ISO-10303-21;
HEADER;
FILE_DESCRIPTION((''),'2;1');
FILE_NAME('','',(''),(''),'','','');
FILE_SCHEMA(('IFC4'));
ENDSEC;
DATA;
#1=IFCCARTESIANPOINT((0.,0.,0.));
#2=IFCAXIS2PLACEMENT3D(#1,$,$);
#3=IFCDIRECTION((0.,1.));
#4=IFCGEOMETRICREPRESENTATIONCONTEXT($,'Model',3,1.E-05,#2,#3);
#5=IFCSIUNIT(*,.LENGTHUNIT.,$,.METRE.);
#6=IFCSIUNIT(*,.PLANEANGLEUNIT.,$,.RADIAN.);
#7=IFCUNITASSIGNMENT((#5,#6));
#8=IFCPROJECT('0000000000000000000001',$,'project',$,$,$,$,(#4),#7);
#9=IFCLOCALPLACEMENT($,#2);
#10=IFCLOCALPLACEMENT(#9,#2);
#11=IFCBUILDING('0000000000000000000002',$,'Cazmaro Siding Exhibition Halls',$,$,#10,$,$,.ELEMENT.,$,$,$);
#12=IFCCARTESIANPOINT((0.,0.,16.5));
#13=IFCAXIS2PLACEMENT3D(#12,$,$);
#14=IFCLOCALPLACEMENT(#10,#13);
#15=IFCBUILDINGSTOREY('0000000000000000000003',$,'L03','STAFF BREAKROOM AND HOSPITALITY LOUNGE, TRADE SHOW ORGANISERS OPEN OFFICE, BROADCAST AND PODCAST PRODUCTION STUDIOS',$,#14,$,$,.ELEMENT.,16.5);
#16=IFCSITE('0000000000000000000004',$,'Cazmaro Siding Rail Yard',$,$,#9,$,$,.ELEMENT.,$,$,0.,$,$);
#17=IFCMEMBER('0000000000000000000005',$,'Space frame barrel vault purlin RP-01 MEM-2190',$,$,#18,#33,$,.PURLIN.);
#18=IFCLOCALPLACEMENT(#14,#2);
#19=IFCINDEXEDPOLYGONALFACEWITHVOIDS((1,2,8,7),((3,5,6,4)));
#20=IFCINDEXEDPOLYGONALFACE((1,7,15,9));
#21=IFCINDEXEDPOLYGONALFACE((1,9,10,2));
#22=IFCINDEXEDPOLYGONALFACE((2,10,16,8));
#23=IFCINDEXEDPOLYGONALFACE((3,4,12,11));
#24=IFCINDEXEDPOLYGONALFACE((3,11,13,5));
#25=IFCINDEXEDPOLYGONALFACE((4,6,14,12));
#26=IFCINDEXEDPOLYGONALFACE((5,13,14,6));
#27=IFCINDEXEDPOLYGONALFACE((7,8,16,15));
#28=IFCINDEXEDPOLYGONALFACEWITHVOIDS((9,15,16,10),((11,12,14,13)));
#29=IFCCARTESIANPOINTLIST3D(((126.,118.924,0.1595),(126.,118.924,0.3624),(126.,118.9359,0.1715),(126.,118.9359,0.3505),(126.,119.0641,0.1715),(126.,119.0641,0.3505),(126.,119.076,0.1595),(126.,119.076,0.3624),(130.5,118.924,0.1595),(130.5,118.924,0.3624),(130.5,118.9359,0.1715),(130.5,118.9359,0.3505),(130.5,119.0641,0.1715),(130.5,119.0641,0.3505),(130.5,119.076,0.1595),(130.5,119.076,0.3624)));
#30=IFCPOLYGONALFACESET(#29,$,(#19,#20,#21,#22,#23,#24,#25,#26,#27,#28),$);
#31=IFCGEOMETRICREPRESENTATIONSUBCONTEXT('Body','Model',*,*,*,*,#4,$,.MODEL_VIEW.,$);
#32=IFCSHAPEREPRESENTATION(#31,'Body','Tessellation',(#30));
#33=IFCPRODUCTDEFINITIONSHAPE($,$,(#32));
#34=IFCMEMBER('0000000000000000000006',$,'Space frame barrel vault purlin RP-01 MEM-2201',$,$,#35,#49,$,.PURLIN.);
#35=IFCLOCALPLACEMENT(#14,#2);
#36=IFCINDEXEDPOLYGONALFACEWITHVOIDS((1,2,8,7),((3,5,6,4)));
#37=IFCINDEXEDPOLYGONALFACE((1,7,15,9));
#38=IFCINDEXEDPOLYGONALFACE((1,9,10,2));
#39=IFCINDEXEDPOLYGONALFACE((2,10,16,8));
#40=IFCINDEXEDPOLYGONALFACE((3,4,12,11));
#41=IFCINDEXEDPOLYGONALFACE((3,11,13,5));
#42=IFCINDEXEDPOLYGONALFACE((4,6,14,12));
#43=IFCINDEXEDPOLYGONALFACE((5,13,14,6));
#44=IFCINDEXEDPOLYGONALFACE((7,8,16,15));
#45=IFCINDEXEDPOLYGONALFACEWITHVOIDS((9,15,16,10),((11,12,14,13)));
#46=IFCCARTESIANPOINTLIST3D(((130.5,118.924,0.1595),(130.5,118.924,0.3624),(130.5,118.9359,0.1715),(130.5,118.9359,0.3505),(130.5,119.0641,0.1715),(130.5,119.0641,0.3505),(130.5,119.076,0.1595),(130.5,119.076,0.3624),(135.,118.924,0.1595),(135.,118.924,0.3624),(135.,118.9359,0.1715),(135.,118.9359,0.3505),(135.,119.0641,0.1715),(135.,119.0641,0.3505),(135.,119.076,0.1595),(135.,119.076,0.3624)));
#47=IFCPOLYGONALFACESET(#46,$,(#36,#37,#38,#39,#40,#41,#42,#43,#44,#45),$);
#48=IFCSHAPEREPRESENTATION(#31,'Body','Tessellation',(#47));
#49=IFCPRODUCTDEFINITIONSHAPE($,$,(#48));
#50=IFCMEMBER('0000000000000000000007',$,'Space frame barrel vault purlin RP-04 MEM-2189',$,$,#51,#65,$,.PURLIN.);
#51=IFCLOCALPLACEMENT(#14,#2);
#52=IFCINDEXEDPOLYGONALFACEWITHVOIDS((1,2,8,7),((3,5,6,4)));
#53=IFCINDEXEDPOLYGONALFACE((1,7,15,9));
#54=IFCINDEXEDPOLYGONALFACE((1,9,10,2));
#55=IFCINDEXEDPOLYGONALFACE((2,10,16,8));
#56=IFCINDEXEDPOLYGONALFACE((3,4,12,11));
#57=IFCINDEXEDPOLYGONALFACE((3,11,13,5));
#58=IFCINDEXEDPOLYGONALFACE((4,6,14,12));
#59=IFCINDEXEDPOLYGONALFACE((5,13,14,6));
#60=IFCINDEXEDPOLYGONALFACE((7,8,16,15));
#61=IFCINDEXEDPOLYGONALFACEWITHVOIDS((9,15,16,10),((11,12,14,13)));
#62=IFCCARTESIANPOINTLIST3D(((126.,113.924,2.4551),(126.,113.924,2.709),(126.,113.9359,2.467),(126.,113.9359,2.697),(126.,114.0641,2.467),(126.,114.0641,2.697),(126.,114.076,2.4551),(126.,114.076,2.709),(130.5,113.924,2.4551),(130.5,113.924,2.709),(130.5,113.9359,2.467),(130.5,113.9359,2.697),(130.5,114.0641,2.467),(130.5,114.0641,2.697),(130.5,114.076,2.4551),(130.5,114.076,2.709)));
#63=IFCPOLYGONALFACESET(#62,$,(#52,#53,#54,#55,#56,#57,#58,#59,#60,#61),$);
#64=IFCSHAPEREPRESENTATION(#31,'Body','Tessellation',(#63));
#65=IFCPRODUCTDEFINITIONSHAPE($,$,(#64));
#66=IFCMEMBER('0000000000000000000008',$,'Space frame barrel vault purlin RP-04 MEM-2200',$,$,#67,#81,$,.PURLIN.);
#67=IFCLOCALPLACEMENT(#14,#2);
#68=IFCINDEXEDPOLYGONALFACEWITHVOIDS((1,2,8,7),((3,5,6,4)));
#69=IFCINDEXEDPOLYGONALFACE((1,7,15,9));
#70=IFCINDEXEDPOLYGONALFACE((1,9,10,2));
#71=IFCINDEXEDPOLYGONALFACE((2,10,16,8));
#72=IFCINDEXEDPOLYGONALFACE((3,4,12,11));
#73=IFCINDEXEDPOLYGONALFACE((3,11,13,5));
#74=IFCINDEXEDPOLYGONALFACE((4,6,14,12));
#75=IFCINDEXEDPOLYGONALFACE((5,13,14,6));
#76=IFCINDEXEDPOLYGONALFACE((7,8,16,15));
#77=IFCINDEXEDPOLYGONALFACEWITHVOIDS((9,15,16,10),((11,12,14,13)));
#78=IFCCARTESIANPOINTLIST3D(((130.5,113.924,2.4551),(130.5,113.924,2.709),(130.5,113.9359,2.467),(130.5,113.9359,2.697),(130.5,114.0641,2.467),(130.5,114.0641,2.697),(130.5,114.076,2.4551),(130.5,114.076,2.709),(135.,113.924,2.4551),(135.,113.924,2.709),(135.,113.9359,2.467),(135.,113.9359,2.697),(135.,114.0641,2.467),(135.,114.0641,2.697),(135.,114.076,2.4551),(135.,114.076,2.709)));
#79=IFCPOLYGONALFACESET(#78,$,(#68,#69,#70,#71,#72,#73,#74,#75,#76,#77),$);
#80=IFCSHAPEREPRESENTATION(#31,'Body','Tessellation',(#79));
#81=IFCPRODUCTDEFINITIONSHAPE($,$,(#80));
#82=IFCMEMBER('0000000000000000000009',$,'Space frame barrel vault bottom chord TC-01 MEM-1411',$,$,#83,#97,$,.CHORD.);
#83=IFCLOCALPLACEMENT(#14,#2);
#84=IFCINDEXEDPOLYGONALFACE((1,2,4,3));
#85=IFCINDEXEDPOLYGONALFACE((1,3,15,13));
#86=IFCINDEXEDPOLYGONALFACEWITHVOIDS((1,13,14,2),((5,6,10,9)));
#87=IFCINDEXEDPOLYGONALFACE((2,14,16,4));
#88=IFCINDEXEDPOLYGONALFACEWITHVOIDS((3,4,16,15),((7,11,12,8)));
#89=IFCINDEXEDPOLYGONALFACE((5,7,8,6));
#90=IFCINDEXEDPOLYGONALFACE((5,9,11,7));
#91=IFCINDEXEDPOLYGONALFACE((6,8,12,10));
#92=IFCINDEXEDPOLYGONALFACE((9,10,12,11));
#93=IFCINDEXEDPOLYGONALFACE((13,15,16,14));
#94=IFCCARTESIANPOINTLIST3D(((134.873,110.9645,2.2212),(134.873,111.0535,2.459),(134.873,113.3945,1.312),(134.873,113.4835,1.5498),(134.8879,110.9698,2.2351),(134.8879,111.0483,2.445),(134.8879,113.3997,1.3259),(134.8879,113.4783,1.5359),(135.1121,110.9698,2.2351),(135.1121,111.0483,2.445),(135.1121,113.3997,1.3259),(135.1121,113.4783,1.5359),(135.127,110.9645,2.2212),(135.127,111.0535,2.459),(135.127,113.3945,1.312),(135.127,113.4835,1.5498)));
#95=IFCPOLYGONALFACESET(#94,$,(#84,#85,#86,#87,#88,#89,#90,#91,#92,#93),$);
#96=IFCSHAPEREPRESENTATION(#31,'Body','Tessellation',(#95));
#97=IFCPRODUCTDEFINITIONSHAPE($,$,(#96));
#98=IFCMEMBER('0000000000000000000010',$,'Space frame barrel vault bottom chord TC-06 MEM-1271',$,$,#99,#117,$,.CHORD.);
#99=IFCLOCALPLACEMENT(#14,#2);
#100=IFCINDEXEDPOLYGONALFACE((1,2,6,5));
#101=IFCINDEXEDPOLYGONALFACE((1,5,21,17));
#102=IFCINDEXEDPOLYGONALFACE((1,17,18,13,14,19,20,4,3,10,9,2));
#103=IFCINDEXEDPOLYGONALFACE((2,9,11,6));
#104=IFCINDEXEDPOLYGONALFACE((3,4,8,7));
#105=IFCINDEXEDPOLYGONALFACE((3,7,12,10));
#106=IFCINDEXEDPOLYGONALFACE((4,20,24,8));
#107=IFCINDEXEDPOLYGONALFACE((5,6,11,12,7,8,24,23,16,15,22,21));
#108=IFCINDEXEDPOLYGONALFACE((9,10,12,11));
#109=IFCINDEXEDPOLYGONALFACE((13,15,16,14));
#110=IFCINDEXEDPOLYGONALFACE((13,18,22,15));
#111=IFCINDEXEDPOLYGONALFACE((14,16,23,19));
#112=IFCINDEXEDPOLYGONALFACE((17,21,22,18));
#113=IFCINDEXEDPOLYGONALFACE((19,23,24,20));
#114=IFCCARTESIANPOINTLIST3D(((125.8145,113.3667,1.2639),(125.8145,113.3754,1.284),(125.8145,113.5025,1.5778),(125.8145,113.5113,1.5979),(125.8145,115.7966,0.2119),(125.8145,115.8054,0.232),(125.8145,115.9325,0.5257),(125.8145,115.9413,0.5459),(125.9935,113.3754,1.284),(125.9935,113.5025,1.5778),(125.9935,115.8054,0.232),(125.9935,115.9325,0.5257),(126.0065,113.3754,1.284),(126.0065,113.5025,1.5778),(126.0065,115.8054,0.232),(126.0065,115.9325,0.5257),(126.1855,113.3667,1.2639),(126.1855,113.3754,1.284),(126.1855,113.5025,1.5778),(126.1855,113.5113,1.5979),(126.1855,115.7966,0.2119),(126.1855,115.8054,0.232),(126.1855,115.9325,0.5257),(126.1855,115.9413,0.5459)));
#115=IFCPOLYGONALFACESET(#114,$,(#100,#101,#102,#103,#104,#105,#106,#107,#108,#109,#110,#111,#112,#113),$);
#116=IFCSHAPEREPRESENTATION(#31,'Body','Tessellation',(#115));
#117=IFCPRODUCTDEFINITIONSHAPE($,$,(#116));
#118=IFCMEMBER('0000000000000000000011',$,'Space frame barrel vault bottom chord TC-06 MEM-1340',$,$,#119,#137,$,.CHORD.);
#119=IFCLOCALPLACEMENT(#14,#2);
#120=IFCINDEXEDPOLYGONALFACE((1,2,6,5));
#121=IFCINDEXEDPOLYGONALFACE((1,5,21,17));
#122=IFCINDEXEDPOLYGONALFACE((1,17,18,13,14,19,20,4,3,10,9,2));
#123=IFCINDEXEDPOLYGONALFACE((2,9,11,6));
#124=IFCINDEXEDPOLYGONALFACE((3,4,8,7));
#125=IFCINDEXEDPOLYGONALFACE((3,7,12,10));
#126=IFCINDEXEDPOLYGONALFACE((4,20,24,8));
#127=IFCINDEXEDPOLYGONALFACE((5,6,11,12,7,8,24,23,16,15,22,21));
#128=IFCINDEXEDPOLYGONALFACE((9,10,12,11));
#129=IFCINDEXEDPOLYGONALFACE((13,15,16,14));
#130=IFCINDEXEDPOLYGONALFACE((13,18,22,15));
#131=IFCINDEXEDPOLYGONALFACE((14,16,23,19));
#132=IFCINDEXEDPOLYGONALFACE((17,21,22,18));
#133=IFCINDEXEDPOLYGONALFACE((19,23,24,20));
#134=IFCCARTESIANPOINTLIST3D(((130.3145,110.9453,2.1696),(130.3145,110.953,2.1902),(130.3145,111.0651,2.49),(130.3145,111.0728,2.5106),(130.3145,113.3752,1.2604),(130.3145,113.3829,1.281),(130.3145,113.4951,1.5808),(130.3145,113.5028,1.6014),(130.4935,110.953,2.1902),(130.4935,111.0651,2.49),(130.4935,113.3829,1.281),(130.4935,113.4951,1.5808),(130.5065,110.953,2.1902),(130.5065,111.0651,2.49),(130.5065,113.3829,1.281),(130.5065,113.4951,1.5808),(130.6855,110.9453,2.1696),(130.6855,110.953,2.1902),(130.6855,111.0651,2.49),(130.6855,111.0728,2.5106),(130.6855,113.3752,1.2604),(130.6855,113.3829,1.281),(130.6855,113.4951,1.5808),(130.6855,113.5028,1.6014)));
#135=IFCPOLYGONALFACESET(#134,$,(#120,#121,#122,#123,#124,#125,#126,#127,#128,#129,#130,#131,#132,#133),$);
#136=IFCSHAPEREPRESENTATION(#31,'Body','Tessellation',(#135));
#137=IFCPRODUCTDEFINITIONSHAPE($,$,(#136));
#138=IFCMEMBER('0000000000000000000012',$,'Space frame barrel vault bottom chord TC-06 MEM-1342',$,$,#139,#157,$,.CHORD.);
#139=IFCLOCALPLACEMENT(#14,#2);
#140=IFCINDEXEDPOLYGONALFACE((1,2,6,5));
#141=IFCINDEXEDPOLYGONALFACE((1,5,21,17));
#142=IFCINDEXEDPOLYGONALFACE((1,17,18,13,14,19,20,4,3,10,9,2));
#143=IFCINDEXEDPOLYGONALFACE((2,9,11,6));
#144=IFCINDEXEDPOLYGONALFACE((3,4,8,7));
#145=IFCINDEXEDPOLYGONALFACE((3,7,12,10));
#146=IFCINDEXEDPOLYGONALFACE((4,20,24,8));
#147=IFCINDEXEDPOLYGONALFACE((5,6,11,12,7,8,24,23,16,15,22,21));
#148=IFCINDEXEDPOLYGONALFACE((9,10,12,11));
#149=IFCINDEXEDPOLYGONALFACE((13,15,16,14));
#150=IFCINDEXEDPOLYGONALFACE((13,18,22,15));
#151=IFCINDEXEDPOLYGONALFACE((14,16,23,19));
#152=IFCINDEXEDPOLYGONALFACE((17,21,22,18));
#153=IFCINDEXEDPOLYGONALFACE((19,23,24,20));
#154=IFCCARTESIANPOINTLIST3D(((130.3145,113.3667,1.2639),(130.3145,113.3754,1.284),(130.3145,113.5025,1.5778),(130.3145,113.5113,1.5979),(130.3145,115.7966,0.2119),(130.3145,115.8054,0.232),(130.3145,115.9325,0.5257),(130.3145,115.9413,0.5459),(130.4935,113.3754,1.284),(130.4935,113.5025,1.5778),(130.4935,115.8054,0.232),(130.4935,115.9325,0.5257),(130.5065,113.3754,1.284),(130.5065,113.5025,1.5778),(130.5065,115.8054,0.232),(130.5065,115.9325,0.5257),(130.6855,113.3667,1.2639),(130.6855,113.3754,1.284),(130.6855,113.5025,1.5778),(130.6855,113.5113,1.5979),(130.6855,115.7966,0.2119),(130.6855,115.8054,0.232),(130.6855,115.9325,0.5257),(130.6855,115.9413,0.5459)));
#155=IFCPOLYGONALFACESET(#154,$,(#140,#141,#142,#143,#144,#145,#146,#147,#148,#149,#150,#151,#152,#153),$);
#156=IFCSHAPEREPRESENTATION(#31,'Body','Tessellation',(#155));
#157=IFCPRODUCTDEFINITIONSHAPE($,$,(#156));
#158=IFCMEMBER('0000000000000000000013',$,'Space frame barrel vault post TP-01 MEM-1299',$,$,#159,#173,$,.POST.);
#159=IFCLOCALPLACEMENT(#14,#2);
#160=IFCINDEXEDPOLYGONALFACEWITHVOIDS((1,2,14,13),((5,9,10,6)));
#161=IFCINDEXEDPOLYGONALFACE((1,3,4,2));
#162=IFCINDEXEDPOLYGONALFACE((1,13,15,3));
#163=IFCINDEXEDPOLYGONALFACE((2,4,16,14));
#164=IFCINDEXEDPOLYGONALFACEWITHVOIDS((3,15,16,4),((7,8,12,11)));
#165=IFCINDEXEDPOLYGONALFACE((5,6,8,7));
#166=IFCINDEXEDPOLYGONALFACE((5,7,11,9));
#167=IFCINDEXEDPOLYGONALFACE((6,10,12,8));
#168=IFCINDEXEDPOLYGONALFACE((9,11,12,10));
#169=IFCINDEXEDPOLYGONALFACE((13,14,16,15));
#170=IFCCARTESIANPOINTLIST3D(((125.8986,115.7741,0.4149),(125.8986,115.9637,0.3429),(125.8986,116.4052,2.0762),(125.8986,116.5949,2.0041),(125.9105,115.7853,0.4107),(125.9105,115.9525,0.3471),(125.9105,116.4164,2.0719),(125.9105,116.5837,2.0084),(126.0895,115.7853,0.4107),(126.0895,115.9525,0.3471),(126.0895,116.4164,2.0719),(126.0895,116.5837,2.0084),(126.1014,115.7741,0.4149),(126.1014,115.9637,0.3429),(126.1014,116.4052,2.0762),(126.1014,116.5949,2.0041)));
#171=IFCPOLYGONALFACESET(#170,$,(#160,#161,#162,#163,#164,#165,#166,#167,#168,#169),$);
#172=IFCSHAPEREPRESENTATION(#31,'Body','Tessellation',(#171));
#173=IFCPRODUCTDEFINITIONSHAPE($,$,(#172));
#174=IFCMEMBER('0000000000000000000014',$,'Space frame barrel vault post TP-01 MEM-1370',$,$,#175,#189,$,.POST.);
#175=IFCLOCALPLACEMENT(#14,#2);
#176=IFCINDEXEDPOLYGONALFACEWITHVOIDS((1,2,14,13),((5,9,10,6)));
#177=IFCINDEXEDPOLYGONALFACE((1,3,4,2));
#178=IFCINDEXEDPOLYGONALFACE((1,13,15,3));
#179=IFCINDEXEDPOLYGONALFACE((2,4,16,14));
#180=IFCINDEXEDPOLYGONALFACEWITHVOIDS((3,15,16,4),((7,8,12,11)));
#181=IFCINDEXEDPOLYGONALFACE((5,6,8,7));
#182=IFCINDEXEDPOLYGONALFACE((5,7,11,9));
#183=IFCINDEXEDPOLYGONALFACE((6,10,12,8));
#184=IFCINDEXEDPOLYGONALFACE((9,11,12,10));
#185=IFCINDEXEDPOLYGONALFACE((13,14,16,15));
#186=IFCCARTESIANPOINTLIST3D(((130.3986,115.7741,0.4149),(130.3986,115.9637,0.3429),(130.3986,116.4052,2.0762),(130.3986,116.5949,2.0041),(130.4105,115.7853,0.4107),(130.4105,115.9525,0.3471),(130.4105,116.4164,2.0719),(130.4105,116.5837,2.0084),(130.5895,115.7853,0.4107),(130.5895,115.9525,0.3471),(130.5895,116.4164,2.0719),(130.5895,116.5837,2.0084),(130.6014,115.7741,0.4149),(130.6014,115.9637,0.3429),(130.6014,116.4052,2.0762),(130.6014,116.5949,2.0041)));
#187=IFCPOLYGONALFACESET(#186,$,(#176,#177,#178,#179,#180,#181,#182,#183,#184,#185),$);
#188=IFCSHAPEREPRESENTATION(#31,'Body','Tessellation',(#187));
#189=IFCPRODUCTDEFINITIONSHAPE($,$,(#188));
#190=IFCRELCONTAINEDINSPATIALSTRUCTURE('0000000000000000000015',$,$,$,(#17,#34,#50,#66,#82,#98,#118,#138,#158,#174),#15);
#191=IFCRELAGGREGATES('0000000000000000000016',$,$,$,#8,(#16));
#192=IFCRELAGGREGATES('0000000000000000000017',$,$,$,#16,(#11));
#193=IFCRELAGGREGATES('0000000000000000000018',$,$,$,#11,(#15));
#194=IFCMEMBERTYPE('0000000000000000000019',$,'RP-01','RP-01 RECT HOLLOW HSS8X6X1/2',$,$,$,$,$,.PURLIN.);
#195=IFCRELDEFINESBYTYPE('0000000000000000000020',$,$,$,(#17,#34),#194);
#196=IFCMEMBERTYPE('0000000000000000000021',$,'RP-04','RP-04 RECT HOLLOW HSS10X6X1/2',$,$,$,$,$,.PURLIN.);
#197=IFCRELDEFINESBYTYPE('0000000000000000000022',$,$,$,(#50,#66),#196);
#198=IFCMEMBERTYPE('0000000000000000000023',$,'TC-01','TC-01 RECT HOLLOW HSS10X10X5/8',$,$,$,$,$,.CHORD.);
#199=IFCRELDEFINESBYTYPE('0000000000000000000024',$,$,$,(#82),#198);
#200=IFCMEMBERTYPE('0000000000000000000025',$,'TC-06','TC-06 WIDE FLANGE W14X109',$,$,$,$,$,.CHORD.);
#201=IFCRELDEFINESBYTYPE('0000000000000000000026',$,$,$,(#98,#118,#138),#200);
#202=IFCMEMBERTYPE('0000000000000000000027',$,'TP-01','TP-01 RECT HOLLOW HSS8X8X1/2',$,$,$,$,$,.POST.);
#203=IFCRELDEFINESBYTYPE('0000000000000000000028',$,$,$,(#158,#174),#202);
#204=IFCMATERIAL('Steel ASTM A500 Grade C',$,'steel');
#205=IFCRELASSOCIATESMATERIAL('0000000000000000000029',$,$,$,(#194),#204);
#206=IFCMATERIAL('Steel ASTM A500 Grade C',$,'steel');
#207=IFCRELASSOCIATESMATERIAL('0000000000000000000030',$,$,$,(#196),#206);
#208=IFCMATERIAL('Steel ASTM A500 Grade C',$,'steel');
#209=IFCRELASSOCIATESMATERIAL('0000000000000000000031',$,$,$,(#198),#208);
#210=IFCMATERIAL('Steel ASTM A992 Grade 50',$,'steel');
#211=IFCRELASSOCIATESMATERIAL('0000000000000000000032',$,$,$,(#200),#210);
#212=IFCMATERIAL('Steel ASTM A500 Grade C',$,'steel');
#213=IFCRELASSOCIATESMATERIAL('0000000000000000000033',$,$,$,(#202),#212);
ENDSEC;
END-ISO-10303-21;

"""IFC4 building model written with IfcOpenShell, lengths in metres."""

from ifc_helpers import new_model, si_unit, direction, frame, origin, origin_2d, place, context, subcontext, project, spatial, hollow_rectangle, i_section, extrude, material, material_profile, profile_set, type_object, element, save


model = new_model("IFC4")

# Units and contexts
model_context = context("Model", 3, precision=1e-05, world=origin(), true_north=direction((0.0, 1.0)))
body_context = subcontext(model_context, "Body", "Model", "MODEL_VIEW")
ifc_project = project(units=[si_unit("LENGTHUNIT", "METRE"), si_unit("PLANEANGLEUNIT", "RADIAN")], contexts=[model_context])

# Site, building, storey
site_placement = place(None, origin())
site = spatial("IfcSite", under=ifc_project, at=site_placement, Name="Cazmaro Siding Rail Yard", CompositionType="ELEMENT", RefElevation=0.0)
building_placement = place(site_placement, origin())
building = spatial("IfcBuilding", under=site, at=building_placement, Name="Cazmaro Siding Exhibition Halls", CompositionType="ELEMENT")
storey_placement = place(building_placement, frame((0.0, 0.0, 16.5)))
storey = spatial("IfcBuildingStorey", under=building, at=storey_placement, Name="L03", Description="STAFF BREAKROOM AND HOSPITALITY LOUNGE, TRADE SHOW ORGANISERS OPEN OFFICE, BROADCAST AND PODCAST PRODUCTION STUDIOS", CompositionType="ELEMENT", Elevation=16.5)

# Members
ifc_material_1 = material(Name="Steel ASTM A500 Grade C", Category="steel")
ifc_material_profile_1 = material_profile(ifc_material_1, hollow_rectangle(XDim=0.1521, YDim=0.2029, WallThickness=0.012, at=origin_2d()), Name="HSS8X6X1/2")
ifc_profile_set_1 = profile_set([ifc_material_profile_1], Name="Steel ASTM A500 Grade C")
member_type_1 = type_object("IfcMemberType", Name="RP-01", Description="RP-01 RECT HOLLOW HSS8X6X1/2", PredefinedType="PURLIN", material=ifc_profile_set_1)
for number, where, z_axis, x_axis, name in (
    (1, (126.0, 119.0, 0.261), (1.0, 0.0, 0.0), (0.0, 1.0, 0.0), "Space frame barrel vault purlin RP-01 MEM-2190"),
    (2, (130.5, 119.0, 0.261), (1.0, 0.0, 0.0), (0.0, 1.0, 0.0), "Space frame barrel vault purlin RP-01 MEM-2201"),
):
    element("IfcMember", number, at=place(storey_placement, frame(where, z_axis=z_axis, x_axis=x_axis)), inside=storey, type_object=member_type_1, Name=name, PredefinedType="PURLIN", context=body_context, shape_type="SweptSolid", body=[
        extrude(hollow_rectangle(XDim=0.1521, YDim=0.2029, WallThickness=0.012, at=origin_2d()), origin(), (0.0, 0.0, 1.0), 4.5),
    ])
ifc_material_2 = material(Name="Steel ASTM A500 Grade C", Category="steel")
ifc_material_profile_2 = material_profile(ifc_material_2, hollow_rectangle(XDim=0.1521, YDim=0.2539, WallThickness=0.012, at=origin_2d()), Name="HSS10X6X1/2")
ifc_profile_set_2 = profile_set([ifc_material_profile_2], Name="Steel ASTM A500 Grade C")
member_type_2 = type_object("IfcMemberType", Name="RP-04", Description="RP-04 RECT HOLLOW HSS10X6X1/2", PredefinedType="PURLIN", material=ifc_profile_set_2)
for number, where, z_axis, x_axis, name in (
    (3, (126.0, 114.0, 2.582), (1.0, 0.0, 0.0), (0.0, 1.0, 0.0), "Space frame barrel vault purlin RP-04 MEM-2189"),
    (4, (130.5, 114.0, 2.582), (1.0, 0.0, 0.0), (0.0, 1.0, 0.0), "Space frame barrel vault purlin RP-04 MEM-2200"),
):
    element("IfcMember", number, at=place(storey_placement, frame(where, z_axis=z_axis, x_axis=x_axis)), inside=storey, type_object=member_type_2, Name=name, PredefinedType="PURLIN", context=body_context, shape_type="SweptSolid", body=[
        extrude(hollow_rectangle(XDim=0.1521, YDim=0.2539, WallThickness=0.012, at=origin_2d()), origin(), (0.0, 0.0, 1.0), 4.5),
    ])
ifc_material_3 = material(Name="Steel ASTM A500 Grade C", Category="steel")
ifc_material_profile_3 = material_profile(ifc_material_3, hollow_rectangle(XDim=0.2539, YDim=0.2539, WallThickness=0.0149, at=origin_2d()), Name="HSS10X10X5/8")
ifc_profile_set_3 = profile_set([ifc_material_profile_3], Name="Steel ASTM A500 Grade C")
member_type_3 = type_object("IfcMemberType", Name="TC-01", Description="TC-01 RECT HOLLOW HSS10X10X5/8", PredefinedType="CHORD", material=ifc_profile_set_3)
member_1_placement = place(storey_placement, frame((135.0, 111.009, 2.3401), z_axis=(0.0, 0.936588, -0.350432), x_axis=(-1.0, 0.0, 0.0)))
element("IfcMember", 5, at=member_1_placement, inside=storey, type_object=member_type_3, Name="Space frame barrel vault bottom chord TC-01 MEM-1411", PredefinedType="CHORD", context=body_context, shape_type="SweptSolid", body=[
    extrude(hollow_rectangle(XDim=0.2539, YDim=0.2539, WallThickness=0.0149, at=origin_2d()), origin(), (0.0, 0.0, 1.0), 2.5945),
])
ifc_material_4 = material(Name="Steel ASTM A992 Grade 50", Category="steel")
ifc_material_profile_4 = material_profile(ifc_material_4, i_section(OverallWidth=0.3711, OverallDepth=0.364, WebThickness=0.0129, FlangeThickness=0.022, at=origin_2d()), Name="W14X109")
ifc_profile_set_4 = profile_set([ifc_material_profile_4], Name="Steel ASTM A992 Grade 50")
member_type_4 = type_object("IfcMemberType", Name="TC-06", Description="TC-06 WIDE FLANGE W14X109", PredefinedType="CHORD", material=ifc_profile_set_4)
member_2_placement = place(storey_placement, frame((126.0, 113.439, 1.4309), z_axis=(0.0, 0.917689, -0.397299), x_axis=(-1.0, 0.0, 0.0)))
element("IfcMember", 6, at=member_2_placement, inside=storey, type_object=member_type_4, Name="Space frame barrel vault bottom chord TC-06 MEM-1271", PredefinedType="CHORD", context=body_context, shape_type="SweptSolid", body=[
    extrude(i_section(OverallWidth=0.3711, OverallDepth=0.364, WebThickness=0.0129, FlangeThickness=0.022, at=origin_2d()), origin(), (0.0, 0.0, 1.0), 2.6479),
])
member_3_placement = place(storey_placement, frame((130.5, 111.009, 2.3401), z_axis=(0.0, 0.936588, -0.350432), x_axis=(-1.0, 0.0, 0.0)))
element("IfcMember", 7, at=member_3_placement, inside=storey, type_object=member_type_4, Name="Space frame barrel vault bottom chord TC-06 MEM-1340", PredefinedType="CHORD", context=body_context, shape_type="SweptSolid", body=[
    extrude(i_section(OverallWidth=0.3711, OverallDepth=0.364, WebThickness=0.0129, FlangeThickness=0.022, at=origin_2d()), origin(), (0.0, 0.0, 1.0), 2.5945),
])
member_4_placement = place(storey_placement, frame((130.5, 113.439, 1.4309), z_axis=(0.0, 0.917689, -0.397299), x_axis=(-1.0, 0.0, 0.0)))
element("IfcMember", 8, at=member_4_placement, inside=storey, type_object=member_type_4, Name="Space frame barrel vault bottom chord TC-06 MEM-1342", PredefinedType="CHORD", context=body_context, shape_type="SweptSolid", body=[
    extrude(i_section(OverallWidth=0.3711, OverallDepth=0.364, WebThickness=0.0129, FlangeThickness=0.022, at=origin_2d()), origin(), (0.0, 0.0, 1.0), 2.6479),
])
ifc_material_5 = material(Name="Steel ASTM A500 Grade C", Category="steel")
ifc_material_profile_5 = material_profile(ifc_material_5, hollow_rectangle(XDim=0.2029, YDim=0.2029, WallThickness=0.012, at=origin_2d()), Name="HSS8X8X1/2")
ifc_profile_set_5 = profile_set([ifc_material_profile_5], Name="Steel ASTM A500 Grade C")
member_type_5 = type_object("IfcMemberType", Name="TP-01", Description="TP-01 RECT HOLLOW HSS8X8X1/2", PredefinedType="POST", material=ifc_profile_set_5)
for number, where, z_axis, x_axis, name in (
    (9, (126.0, 115.8689, 0.3789), (0.0, 0.355155, 0.934807), (-1.0, 0.0, 0.0), "Space frame barrel vault post TP-01 MEM-1299"),
    (10, (130.5, 115.8689, 0.3789), (0.0, 0.355155, 0.934807), (-1.0, 0.0, 0.0), "Space frame barrel vault post TP-01 MEM-1370"),
):
    element("IfcMember", number, at=place(storey_placement, frame(where, z_axis=z_axis, x_axis=x_axis)), inside=storey, type_object=member_type_5, Name=name, PredefinedType="POST", context=body_context, shape_type="SweptSolid", body=[
        extrude(hollow_rectangle(XDim=0.2029, YDim=0.2029, WallThickness=0.012, at=origin_2d()), origin(), (0.0, 0.0, 1.0), 1.7771),
    ])

save(model, "model.ifc")
